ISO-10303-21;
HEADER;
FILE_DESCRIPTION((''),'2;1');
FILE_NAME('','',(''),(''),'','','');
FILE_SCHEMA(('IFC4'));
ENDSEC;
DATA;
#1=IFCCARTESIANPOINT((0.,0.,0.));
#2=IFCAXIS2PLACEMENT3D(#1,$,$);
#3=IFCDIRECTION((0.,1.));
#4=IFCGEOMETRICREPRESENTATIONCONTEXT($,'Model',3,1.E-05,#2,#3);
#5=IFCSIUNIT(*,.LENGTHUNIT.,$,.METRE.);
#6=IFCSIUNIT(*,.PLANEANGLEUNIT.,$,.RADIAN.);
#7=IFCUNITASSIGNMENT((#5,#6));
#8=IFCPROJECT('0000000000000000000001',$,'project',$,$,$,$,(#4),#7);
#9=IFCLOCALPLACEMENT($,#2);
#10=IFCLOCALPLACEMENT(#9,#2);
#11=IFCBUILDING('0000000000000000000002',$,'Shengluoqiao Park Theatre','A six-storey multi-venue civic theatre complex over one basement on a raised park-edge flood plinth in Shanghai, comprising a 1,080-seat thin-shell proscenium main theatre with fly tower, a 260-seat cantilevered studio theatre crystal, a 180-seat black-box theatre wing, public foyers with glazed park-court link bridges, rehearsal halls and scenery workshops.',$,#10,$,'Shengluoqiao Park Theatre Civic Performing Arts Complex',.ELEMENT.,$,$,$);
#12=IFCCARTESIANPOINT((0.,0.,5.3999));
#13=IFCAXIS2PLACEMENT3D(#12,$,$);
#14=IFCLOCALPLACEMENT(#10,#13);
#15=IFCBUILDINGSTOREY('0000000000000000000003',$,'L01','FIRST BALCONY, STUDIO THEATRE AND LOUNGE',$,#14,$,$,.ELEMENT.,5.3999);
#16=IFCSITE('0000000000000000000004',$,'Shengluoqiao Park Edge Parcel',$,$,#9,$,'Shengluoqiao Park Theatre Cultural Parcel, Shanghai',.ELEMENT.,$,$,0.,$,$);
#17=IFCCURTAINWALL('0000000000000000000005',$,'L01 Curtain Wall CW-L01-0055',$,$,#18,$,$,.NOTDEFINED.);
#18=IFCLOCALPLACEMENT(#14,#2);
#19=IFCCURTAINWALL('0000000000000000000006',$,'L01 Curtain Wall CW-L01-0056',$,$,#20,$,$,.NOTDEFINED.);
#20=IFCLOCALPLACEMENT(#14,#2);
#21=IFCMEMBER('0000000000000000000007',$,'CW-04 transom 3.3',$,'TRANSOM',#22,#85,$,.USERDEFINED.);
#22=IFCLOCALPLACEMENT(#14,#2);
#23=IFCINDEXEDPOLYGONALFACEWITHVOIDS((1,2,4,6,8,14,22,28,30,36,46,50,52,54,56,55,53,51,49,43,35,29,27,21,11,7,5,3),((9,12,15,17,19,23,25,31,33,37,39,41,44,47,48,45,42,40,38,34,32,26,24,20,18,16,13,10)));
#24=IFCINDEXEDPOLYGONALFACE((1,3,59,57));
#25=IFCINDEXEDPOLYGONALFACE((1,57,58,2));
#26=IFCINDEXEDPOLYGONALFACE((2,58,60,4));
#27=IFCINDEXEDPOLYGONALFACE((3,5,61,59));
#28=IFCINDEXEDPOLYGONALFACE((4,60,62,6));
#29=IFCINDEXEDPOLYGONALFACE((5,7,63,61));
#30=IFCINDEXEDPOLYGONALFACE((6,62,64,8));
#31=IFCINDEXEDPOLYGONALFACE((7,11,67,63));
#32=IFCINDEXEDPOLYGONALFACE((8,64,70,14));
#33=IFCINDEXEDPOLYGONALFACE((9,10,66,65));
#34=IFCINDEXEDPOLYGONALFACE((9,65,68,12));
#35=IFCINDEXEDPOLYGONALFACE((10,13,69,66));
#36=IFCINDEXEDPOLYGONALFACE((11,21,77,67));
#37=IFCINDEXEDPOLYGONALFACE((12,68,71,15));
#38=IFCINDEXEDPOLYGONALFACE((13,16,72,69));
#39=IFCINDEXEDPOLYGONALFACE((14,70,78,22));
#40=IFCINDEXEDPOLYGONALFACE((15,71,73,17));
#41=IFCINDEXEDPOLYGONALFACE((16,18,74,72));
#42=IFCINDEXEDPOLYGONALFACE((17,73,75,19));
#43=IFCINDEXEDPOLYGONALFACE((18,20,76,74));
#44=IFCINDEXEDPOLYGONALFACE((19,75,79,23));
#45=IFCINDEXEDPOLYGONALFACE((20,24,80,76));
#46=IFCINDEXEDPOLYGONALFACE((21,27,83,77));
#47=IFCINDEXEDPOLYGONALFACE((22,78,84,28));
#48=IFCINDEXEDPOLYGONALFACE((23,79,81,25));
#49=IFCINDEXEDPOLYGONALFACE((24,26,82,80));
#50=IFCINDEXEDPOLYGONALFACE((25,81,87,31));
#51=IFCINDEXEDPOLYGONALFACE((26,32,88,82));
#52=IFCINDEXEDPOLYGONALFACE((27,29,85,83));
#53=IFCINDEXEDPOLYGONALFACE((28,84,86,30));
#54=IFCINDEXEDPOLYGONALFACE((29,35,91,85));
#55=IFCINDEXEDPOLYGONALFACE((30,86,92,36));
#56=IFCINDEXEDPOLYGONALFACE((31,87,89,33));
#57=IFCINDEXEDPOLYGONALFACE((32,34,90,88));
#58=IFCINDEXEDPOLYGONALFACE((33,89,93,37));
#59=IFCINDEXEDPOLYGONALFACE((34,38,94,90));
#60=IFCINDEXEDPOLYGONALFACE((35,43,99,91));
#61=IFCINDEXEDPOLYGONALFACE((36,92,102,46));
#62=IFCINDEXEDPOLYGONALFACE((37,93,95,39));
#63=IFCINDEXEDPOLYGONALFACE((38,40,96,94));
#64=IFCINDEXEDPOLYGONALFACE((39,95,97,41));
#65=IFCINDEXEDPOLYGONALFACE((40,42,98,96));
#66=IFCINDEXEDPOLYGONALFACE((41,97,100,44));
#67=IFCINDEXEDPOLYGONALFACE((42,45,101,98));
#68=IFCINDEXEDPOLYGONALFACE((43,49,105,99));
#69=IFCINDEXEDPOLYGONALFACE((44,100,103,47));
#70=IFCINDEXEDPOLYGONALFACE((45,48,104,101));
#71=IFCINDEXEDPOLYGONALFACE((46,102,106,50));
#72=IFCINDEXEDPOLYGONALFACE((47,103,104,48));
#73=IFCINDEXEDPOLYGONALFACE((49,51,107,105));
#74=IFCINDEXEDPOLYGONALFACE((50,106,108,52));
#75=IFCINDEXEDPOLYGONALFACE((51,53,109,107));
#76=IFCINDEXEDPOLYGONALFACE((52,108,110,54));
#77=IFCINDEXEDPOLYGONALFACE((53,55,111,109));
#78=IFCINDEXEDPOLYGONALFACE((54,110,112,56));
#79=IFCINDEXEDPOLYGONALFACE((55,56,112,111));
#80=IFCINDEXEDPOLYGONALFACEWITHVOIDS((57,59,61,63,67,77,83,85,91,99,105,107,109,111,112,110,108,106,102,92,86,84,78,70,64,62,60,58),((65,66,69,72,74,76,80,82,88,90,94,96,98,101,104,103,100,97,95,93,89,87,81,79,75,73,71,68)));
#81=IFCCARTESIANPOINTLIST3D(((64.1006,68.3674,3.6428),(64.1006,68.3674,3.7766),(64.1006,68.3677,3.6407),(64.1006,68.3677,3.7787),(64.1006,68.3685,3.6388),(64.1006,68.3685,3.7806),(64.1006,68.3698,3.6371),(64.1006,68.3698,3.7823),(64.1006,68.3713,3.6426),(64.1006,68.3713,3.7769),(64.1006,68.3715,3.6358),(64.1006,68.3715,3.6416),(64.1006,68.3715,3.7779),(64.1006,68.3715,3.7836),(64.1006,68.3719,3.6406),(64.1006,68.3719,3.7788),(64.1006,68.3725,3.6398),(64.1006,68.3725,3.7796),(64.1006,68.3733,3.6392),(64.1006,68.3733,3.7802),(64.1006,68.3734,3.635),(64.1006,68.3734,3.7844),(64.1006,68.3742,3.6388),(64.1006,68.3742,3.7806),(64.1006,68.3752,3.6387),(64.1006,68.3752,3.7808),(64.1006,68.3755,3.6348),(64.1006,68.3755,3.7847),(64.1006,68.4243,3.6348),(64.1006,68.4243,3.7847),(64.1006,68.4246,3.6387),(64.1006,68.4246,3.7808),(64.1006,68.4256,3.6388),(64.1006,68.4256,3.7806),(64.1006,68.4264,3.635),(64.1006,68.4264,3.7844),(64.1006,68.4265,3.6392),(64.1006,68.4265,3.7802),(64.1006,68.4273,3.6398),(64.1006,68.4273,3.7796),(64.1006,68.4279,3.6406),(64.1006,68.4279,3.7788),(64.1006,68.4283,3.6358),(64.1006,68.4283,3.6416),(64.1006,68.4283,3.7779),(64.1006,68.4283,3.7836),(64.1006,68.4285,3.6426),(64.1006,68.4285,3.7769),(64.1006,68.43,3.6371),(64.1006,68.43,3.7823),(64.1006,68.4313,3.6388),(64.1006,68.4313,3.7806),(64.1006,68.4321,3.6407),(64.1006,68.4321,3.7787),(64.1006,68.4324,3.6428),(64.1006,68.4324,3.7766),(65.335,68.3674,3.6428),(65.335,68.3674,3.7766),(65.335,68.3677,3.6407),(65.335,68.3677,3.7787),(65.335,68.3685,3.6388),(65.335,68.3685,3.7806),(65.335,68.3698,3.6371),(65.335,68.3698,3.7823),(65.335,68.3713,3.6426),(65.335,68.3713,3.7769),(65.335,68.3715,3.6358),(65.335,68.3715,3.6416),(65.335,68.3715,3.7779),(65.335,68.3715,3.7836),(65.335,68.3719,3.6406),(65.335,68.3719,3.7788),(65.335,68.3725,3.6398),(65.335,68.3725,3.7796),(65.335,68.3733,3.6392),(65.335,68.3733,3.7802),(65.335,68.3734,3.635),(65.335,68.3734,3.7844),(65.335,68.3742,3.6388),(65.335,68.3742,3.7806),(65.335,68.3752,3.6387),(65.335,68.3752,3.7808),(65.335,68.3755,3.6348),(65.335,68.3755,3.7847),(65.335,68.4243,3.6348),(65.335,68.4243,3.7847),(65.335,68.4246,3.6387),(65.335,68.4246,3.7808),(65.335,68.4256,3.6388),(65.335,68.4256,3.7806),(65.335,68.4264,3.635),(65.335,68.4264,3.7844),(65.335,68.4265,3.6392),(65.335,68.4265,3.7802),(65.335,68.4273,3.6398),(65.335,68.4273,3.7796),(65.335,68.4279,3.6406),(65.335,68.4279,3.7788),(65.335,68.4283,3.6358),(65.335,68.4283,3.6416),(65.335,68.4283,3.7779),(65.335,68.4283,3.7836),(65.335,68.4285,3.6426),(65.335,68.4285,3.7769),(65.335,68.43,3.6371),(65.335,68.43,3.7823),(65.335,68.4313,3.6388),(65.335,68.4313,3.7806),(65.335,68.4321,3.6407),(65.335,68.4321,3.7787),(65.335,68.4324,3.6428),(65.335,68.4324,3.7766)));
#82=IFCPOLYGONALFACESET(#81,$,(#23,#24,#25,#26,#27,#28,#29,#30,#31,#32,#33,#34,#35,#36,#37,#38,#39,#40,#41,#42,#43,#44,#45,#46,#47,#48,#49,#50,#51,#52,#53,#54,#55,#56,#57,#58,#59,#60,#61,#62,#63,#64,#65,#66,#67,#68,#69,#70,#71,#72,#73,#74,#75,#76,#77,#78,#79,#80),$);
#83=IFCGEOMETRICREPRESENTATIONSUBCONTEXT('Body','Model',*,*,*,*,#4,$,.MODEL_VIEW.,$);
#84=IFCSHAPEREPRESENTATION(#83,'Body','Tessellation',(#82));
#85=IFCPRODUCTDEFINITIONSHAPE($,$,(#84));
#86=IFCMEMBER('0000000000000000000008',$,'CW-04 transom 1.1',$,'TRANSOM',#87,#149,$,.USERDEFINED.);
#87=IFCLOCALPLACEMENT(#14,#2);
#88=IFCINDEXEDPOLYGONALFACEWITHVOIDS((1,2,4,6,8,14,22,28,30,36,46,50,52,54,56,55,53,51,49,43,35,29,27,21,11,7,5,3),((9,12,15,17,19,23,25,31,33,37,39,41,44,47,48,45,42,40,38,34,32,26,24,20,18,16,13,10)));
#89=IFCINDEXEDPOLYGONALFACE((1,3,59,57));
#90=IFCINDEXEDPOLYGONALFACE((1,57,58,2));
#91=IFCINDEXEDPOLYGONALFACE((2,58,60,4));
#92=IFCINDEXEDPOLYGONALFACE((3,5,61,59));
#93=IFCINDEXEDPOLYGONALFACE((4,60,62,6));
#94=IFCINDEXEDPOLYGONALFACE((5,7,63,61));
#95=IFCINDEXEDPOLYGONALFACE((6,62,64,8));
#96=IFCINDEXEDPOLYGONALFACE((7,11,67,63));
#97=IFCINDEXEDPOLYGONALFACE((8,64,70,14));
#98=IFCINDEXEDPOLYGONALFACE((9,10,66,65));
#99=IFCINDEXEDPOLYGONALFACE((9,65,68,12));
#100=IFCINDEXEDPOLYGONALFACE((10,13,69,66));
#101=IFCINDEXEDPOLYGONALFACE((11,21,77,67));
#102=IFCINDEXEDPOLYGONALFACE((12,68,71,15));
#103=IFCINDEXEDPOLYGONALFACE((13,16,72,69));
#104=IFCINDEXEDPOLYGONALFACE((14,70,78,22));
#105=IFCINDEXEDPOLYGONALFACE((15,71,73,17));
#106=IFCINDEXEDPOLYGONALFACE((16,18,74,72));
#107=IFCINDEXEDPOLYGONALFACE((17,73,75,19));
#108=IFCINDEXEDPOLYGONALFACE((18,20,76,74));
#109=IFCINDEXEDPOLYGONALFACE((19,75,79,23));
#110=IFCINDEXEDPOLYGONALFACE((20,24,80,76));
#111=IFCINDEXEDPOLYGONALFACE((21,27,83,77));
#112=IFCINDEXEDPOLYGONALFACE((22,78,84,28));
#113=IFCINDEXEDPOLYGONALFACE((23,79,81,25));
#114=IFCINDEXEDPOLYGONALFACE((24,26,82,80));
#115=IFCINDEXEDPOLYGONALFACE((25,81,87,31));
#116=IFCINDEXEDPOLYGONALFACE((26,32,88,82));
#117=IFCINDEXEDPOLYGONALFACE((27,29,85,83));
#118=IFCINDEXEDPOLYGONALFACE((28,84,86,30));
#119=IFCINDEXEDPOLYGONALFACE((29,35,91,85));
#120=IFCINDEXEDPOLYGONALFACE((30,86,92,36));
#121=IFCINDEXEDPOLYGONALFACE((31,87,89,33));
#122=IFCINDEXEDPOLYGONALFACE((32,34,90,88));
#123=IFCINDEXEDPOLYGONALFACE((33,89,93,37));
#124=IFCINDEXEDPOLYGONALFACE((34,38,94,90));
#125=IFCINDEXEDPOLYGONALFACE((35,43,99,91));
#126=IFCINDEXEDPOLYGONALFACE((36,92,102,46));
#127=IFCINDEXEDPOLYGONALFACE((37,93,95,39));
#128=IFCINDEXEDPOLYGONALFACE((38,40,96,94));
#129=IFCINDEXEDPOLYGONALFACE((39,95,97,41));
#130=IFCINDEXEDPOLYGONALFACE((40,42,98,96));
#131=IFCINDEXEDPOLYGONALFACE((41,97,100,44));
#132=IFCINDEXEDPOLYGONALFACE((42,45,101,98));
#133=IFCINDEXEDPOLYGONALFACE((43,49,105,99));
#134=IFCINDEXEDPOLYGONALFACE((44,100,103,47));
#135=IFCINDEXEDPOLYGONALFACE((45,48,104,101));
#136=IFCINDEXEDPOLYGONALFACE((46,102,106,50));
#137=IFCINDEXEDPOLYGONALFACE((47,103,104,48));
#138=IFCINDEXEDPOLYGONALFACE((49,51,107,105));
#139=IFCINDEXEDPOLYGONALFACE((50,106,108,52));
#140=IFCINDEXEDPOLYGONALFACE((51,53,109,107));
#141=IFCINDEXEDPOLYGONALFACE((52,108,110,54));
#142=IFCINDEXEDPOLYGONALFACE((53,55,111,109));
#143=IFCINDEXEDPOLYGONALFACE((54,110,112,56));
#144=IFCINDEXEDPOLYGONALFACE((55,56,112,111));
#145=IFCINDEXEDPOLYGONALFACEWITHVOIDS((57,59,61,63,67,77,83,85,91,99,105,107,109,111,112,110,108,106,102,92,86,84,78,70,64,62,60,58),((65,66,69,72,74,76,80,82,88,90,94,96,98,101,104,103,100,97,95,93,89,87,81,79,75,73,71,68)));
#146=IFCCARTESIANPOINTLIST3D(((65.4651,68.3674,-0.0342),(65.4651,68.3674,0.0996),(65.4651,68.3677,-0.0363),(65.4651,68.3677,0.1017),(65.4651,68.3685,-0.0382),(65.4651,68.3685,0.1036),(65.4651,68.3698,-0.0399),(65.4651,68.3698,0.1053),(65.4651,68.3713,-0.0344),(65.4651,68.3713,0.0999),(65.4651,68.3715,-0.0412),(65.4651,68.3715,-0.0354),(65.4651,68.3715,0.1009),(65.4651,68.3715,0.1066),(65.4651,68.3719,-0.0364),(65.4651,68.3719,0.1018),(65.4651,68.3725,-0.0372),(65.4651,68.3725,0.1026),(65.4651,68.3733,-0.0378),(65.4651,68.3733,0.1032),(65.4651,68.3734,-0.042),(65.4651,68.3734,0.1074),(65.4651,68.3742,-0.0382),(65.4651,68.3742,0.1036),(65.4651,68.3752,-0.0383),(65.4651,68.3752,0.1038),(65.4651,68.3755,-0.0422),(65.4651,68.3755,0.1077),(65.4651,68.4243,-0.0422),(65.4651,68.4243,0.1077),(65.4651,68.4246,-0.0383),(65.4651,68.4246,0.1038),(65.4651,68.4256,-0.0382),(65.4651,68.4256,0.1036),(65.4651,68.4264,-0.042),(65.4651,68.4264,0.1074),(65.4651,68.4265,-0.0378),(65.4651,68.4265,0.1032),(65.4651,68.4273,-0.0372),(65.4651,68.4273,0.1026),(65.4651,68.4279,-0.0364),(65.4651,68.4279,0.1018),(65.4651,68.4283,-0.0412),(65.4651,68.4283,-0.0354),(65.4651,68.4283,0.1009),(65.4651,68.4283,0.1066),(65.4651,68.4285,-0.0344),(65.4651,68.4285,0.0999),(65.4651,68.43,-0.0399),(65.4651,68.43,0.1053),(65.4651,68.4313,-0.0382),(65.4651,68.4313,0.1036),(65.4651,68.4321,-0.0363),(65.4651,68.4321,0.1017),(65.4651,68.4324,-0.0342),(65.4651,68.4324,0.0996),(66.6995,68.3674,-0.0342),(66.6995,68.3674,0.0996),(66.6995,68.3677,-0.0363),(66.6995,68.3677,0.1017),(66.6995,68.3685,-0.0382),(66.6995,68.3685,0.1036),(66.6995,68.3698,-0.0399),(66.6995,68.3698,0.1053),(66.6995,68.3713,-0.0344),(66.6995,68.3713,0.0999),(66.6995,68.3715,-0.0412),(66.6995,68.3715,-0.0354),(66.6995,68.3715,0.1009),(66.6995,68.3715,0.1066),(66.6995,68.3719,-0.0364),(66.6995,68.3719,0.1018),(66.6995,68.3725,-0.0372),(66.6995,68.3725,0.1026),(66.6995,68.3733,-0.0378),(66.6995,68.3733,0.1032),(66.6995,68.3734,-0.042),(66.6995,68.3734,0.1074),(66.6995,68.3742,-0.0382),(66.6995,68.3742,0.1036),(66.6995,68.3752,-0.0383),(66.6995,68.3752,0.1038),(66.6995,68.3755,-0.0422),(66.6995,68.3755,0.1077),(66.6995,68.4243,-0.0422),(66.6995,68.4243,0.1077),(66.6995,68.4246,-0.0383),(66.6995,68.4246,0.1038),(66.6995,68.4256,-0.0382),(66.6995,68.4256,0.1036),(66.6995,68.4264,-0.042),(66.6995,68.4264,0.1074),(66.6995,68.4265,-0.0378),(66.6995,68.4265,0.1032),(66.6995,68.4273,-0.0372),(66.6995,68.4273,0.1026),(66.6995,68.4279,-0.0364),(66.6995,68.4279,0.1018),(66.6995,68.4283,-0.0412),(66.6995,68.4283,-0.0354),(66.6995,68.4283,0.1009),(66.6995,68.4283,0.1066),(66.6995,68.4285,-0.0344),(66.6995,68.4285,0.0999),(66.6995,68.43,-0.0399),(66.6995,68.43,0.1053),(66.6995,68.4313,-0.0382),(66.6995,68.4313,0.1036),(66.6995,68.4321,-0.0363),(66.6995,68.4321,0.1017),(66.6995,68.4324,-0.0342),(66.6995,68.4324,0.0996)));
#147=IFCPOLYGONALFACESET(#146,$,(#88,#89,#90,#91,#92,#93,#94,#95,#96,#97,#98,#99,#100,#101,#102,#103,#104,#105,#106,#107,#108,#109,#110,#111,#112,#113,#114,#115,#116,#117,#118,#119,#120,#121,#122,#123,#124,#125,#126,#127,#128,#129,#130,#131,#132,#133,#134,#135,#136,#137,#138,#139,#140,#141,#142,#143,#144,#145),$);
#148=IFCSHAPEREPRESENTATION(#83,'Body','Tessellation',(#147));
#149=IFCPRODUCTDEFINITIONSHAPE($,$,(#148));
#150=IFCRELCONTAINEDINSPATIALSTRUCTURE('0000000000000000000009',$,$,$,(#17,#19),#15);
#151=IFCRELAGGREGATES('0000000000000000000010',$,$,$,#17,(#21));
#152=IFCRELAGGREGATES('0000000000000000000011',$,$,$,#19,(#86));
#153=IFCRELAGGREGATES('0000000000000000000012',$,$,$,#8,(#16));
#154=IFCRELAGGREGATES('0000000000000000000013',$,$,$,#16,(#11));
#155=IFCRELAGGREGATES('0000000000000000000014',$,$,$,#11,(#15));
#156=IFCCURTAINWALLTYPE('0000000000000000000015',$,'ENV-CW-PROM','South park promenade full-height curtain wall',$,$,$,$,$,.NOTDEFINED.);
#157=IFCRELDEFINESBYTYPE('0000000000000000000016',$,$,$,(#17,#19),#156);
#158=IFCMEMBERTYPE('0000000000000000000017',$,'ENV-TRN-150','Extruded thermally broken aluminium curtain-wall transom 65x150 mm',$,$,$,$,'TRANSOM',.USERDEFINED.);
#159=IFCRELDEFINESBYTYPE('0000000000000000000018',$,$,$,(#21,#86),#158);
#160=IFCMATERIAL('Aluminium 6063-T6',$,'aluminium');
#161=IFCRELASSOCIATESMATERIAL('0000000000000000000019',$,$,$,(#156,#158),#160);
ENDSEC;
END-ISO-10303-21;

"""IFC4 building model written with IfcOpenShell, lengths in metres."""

from ifc_helpers import new_model, si_unit, direction, frame, origin, origin_2d, place, context, subcontext, project, spatial, hollow_rectangle, extrude, material, material_profile, profile_set, type_object, element, aggregate, save


model = new_model("IFC4")

# Units and contexts
model_context = context("Model", 3, precision=1e-05, world=origin(), true_north=direction((0.0, 1.0)))
body_context = subcontext(model_context, "Body", "Model", "MODEL_VIEW")
ifc_project = project(units=[si_unit("LENGTHUNIT", "METRE"), si_unit("PLANEANGLEUNIT", "RADIAN")], contexts=[model_context])

# Site, building, storey
site_placement = place(None, origin())
site = spatial("IfcSite", under=ifc_project, at=site_placement, Name="Shengluoqiao Park Edge Parcel", LongName="Shengluoqiao Park Theatre Cultural Parcel, Shanghai", CompositionType="ELEMENT", RefElevation=0.0)
building_placement = place(site_placement, origin())
building = spatial("IfcBuilding", under=site, at=building_placement, Name="Shengluoqiao Park Theatre", Description="A six-storey multi-venue civic theatre complex over one basement on a raised park-edge flood plinth in Shanghai, comprising a 1,080-seat thin-shell proscenium main theatre with fly tower, a 260-seat cantilevered studio theatre crystal, a 180-seat black-box theatre wing, public foyers with glazed park-court link bridges, rehearsal halls and scenery workshops.", LongName="Shengluoqiao Park Theatre Civic Performing Arts Complex", CompositionType="ELEMENT")
storey_placement = place(building_placement, frame((0.0, 0.0, 5.3999)))
storey = spatial("IfcBuildingStorey", under=building, at=storey_placement, Name="L01", Description="FIRST BALCONY, STUDIO THEATRE AND LOUNGE", CompositionType="ELEMENT", Elevation=5.3999)

# Curtain walls
ifc_material_1 = material(Name="Aluminium 6063-T6", Category="aluminium")
curtain_wall_type = type_object("IfcCurtainWallType", Name="ENV-CW-PROM", Description="South park promenade full-height curtain wall", PredefinedType="NOTDEFINED", material=ifc_material_1)
curtain_wall_1_placement = place(storey_placement, origin())
curtain_wall_1 = element("IfcCurtainWall", 1, at=curtain_wall_1_placement, inside=storey, type_object=curtain_wall_type, Name="L01 Curtain Wall CW-L01-0055", PredefinedType="NOTDEFINED")
curtain_wall_2_placement = place(storey_placement, origin())
curtain_wall_2 = element("IfcCurtainWall", 2, at=curtain_wall_2_placement, inside=storey, type_object=curtain_wall_type, Name="L01 Curtain Wall CW-L01-0056", PredefinedType="NOTDEFINED")

# Members
ifc_material_profile_1 = material_profile(ifc_material_1, hollow_rectangle(XDim=0.0649, YDim=0.1499, WallThickness=0.0039, InnerFilletRadius=0.0039, OuterFilletRadius=0.0081, at=origin_2d()), Name="ALU TRANSOM 150x65x4")
ifc_profile_set_1 = profile_set([ifc_material_profile_1], Name="Aluminium 6063-T6")
member_type_1 = type_object("IfcMemberType", Name="ENV-TRN-150", Description="Extruded thermally broken aluminium curtain-wall transom 65x150 mm", ElementType="TRANSOM", PredefinedType="USERDEFINED", material=ifc_profile_set_1)
member_1_placement = place(storey_placement, frame((64.1006, 68.3999, 3.7097), z_axis=(1.0, 0.0, 0.0), x_axis=(0.0, 1.0, 0.0)))
member_1 = element("IfcMember", 3, at=member_1_placement, type_object=member_type_1, Name="CW-04 transom 3.3", ObjectType="TRANSOM", PredefinedType="USERDEFINED", context=body_context, shape_type="SweptSolid", body=[
    extrude(hollow_rectangle(XDim=0.0649, YDim=0.1499, WallThickness=0.0039, InnerFilletRadius=0.0039, OuterFilletRadius=0.0081, at=origin_2d()), origin(), (0.0, 0.0, 1.0), 1.2344),
])
member_2_placement = place(storey_placement, frame((65.4651, 68.3999, 0.0327), z_axis=(1.0, 0.0, 0.0), x_axis=(0.0, 1.0, 0.0)))
member_2 = element("IfcMember", 4, at=member_2_placement, type_object=member_type_1, Name="CW-04 transom 1.1", ObjectType="TRANSOM", PredefinedType="USERDEFINED", context=body_context, shape_type="SweptSolid", body=[
    extrude(hollow_rectangle(XDim=0.0649, YDim=0.1499, WallThickness=0.0039, InnerFilletRadius=0.0039, OuterFilletRadius=0.0081, at=origin_2d()), origin(), (0.0, 0.0, 1.0), 1.2344),
])

aggregate(curtain_wall_1, [member_1])
aggregate(curtain_wall_2, [member_2])

save(model, "model.ifc")
